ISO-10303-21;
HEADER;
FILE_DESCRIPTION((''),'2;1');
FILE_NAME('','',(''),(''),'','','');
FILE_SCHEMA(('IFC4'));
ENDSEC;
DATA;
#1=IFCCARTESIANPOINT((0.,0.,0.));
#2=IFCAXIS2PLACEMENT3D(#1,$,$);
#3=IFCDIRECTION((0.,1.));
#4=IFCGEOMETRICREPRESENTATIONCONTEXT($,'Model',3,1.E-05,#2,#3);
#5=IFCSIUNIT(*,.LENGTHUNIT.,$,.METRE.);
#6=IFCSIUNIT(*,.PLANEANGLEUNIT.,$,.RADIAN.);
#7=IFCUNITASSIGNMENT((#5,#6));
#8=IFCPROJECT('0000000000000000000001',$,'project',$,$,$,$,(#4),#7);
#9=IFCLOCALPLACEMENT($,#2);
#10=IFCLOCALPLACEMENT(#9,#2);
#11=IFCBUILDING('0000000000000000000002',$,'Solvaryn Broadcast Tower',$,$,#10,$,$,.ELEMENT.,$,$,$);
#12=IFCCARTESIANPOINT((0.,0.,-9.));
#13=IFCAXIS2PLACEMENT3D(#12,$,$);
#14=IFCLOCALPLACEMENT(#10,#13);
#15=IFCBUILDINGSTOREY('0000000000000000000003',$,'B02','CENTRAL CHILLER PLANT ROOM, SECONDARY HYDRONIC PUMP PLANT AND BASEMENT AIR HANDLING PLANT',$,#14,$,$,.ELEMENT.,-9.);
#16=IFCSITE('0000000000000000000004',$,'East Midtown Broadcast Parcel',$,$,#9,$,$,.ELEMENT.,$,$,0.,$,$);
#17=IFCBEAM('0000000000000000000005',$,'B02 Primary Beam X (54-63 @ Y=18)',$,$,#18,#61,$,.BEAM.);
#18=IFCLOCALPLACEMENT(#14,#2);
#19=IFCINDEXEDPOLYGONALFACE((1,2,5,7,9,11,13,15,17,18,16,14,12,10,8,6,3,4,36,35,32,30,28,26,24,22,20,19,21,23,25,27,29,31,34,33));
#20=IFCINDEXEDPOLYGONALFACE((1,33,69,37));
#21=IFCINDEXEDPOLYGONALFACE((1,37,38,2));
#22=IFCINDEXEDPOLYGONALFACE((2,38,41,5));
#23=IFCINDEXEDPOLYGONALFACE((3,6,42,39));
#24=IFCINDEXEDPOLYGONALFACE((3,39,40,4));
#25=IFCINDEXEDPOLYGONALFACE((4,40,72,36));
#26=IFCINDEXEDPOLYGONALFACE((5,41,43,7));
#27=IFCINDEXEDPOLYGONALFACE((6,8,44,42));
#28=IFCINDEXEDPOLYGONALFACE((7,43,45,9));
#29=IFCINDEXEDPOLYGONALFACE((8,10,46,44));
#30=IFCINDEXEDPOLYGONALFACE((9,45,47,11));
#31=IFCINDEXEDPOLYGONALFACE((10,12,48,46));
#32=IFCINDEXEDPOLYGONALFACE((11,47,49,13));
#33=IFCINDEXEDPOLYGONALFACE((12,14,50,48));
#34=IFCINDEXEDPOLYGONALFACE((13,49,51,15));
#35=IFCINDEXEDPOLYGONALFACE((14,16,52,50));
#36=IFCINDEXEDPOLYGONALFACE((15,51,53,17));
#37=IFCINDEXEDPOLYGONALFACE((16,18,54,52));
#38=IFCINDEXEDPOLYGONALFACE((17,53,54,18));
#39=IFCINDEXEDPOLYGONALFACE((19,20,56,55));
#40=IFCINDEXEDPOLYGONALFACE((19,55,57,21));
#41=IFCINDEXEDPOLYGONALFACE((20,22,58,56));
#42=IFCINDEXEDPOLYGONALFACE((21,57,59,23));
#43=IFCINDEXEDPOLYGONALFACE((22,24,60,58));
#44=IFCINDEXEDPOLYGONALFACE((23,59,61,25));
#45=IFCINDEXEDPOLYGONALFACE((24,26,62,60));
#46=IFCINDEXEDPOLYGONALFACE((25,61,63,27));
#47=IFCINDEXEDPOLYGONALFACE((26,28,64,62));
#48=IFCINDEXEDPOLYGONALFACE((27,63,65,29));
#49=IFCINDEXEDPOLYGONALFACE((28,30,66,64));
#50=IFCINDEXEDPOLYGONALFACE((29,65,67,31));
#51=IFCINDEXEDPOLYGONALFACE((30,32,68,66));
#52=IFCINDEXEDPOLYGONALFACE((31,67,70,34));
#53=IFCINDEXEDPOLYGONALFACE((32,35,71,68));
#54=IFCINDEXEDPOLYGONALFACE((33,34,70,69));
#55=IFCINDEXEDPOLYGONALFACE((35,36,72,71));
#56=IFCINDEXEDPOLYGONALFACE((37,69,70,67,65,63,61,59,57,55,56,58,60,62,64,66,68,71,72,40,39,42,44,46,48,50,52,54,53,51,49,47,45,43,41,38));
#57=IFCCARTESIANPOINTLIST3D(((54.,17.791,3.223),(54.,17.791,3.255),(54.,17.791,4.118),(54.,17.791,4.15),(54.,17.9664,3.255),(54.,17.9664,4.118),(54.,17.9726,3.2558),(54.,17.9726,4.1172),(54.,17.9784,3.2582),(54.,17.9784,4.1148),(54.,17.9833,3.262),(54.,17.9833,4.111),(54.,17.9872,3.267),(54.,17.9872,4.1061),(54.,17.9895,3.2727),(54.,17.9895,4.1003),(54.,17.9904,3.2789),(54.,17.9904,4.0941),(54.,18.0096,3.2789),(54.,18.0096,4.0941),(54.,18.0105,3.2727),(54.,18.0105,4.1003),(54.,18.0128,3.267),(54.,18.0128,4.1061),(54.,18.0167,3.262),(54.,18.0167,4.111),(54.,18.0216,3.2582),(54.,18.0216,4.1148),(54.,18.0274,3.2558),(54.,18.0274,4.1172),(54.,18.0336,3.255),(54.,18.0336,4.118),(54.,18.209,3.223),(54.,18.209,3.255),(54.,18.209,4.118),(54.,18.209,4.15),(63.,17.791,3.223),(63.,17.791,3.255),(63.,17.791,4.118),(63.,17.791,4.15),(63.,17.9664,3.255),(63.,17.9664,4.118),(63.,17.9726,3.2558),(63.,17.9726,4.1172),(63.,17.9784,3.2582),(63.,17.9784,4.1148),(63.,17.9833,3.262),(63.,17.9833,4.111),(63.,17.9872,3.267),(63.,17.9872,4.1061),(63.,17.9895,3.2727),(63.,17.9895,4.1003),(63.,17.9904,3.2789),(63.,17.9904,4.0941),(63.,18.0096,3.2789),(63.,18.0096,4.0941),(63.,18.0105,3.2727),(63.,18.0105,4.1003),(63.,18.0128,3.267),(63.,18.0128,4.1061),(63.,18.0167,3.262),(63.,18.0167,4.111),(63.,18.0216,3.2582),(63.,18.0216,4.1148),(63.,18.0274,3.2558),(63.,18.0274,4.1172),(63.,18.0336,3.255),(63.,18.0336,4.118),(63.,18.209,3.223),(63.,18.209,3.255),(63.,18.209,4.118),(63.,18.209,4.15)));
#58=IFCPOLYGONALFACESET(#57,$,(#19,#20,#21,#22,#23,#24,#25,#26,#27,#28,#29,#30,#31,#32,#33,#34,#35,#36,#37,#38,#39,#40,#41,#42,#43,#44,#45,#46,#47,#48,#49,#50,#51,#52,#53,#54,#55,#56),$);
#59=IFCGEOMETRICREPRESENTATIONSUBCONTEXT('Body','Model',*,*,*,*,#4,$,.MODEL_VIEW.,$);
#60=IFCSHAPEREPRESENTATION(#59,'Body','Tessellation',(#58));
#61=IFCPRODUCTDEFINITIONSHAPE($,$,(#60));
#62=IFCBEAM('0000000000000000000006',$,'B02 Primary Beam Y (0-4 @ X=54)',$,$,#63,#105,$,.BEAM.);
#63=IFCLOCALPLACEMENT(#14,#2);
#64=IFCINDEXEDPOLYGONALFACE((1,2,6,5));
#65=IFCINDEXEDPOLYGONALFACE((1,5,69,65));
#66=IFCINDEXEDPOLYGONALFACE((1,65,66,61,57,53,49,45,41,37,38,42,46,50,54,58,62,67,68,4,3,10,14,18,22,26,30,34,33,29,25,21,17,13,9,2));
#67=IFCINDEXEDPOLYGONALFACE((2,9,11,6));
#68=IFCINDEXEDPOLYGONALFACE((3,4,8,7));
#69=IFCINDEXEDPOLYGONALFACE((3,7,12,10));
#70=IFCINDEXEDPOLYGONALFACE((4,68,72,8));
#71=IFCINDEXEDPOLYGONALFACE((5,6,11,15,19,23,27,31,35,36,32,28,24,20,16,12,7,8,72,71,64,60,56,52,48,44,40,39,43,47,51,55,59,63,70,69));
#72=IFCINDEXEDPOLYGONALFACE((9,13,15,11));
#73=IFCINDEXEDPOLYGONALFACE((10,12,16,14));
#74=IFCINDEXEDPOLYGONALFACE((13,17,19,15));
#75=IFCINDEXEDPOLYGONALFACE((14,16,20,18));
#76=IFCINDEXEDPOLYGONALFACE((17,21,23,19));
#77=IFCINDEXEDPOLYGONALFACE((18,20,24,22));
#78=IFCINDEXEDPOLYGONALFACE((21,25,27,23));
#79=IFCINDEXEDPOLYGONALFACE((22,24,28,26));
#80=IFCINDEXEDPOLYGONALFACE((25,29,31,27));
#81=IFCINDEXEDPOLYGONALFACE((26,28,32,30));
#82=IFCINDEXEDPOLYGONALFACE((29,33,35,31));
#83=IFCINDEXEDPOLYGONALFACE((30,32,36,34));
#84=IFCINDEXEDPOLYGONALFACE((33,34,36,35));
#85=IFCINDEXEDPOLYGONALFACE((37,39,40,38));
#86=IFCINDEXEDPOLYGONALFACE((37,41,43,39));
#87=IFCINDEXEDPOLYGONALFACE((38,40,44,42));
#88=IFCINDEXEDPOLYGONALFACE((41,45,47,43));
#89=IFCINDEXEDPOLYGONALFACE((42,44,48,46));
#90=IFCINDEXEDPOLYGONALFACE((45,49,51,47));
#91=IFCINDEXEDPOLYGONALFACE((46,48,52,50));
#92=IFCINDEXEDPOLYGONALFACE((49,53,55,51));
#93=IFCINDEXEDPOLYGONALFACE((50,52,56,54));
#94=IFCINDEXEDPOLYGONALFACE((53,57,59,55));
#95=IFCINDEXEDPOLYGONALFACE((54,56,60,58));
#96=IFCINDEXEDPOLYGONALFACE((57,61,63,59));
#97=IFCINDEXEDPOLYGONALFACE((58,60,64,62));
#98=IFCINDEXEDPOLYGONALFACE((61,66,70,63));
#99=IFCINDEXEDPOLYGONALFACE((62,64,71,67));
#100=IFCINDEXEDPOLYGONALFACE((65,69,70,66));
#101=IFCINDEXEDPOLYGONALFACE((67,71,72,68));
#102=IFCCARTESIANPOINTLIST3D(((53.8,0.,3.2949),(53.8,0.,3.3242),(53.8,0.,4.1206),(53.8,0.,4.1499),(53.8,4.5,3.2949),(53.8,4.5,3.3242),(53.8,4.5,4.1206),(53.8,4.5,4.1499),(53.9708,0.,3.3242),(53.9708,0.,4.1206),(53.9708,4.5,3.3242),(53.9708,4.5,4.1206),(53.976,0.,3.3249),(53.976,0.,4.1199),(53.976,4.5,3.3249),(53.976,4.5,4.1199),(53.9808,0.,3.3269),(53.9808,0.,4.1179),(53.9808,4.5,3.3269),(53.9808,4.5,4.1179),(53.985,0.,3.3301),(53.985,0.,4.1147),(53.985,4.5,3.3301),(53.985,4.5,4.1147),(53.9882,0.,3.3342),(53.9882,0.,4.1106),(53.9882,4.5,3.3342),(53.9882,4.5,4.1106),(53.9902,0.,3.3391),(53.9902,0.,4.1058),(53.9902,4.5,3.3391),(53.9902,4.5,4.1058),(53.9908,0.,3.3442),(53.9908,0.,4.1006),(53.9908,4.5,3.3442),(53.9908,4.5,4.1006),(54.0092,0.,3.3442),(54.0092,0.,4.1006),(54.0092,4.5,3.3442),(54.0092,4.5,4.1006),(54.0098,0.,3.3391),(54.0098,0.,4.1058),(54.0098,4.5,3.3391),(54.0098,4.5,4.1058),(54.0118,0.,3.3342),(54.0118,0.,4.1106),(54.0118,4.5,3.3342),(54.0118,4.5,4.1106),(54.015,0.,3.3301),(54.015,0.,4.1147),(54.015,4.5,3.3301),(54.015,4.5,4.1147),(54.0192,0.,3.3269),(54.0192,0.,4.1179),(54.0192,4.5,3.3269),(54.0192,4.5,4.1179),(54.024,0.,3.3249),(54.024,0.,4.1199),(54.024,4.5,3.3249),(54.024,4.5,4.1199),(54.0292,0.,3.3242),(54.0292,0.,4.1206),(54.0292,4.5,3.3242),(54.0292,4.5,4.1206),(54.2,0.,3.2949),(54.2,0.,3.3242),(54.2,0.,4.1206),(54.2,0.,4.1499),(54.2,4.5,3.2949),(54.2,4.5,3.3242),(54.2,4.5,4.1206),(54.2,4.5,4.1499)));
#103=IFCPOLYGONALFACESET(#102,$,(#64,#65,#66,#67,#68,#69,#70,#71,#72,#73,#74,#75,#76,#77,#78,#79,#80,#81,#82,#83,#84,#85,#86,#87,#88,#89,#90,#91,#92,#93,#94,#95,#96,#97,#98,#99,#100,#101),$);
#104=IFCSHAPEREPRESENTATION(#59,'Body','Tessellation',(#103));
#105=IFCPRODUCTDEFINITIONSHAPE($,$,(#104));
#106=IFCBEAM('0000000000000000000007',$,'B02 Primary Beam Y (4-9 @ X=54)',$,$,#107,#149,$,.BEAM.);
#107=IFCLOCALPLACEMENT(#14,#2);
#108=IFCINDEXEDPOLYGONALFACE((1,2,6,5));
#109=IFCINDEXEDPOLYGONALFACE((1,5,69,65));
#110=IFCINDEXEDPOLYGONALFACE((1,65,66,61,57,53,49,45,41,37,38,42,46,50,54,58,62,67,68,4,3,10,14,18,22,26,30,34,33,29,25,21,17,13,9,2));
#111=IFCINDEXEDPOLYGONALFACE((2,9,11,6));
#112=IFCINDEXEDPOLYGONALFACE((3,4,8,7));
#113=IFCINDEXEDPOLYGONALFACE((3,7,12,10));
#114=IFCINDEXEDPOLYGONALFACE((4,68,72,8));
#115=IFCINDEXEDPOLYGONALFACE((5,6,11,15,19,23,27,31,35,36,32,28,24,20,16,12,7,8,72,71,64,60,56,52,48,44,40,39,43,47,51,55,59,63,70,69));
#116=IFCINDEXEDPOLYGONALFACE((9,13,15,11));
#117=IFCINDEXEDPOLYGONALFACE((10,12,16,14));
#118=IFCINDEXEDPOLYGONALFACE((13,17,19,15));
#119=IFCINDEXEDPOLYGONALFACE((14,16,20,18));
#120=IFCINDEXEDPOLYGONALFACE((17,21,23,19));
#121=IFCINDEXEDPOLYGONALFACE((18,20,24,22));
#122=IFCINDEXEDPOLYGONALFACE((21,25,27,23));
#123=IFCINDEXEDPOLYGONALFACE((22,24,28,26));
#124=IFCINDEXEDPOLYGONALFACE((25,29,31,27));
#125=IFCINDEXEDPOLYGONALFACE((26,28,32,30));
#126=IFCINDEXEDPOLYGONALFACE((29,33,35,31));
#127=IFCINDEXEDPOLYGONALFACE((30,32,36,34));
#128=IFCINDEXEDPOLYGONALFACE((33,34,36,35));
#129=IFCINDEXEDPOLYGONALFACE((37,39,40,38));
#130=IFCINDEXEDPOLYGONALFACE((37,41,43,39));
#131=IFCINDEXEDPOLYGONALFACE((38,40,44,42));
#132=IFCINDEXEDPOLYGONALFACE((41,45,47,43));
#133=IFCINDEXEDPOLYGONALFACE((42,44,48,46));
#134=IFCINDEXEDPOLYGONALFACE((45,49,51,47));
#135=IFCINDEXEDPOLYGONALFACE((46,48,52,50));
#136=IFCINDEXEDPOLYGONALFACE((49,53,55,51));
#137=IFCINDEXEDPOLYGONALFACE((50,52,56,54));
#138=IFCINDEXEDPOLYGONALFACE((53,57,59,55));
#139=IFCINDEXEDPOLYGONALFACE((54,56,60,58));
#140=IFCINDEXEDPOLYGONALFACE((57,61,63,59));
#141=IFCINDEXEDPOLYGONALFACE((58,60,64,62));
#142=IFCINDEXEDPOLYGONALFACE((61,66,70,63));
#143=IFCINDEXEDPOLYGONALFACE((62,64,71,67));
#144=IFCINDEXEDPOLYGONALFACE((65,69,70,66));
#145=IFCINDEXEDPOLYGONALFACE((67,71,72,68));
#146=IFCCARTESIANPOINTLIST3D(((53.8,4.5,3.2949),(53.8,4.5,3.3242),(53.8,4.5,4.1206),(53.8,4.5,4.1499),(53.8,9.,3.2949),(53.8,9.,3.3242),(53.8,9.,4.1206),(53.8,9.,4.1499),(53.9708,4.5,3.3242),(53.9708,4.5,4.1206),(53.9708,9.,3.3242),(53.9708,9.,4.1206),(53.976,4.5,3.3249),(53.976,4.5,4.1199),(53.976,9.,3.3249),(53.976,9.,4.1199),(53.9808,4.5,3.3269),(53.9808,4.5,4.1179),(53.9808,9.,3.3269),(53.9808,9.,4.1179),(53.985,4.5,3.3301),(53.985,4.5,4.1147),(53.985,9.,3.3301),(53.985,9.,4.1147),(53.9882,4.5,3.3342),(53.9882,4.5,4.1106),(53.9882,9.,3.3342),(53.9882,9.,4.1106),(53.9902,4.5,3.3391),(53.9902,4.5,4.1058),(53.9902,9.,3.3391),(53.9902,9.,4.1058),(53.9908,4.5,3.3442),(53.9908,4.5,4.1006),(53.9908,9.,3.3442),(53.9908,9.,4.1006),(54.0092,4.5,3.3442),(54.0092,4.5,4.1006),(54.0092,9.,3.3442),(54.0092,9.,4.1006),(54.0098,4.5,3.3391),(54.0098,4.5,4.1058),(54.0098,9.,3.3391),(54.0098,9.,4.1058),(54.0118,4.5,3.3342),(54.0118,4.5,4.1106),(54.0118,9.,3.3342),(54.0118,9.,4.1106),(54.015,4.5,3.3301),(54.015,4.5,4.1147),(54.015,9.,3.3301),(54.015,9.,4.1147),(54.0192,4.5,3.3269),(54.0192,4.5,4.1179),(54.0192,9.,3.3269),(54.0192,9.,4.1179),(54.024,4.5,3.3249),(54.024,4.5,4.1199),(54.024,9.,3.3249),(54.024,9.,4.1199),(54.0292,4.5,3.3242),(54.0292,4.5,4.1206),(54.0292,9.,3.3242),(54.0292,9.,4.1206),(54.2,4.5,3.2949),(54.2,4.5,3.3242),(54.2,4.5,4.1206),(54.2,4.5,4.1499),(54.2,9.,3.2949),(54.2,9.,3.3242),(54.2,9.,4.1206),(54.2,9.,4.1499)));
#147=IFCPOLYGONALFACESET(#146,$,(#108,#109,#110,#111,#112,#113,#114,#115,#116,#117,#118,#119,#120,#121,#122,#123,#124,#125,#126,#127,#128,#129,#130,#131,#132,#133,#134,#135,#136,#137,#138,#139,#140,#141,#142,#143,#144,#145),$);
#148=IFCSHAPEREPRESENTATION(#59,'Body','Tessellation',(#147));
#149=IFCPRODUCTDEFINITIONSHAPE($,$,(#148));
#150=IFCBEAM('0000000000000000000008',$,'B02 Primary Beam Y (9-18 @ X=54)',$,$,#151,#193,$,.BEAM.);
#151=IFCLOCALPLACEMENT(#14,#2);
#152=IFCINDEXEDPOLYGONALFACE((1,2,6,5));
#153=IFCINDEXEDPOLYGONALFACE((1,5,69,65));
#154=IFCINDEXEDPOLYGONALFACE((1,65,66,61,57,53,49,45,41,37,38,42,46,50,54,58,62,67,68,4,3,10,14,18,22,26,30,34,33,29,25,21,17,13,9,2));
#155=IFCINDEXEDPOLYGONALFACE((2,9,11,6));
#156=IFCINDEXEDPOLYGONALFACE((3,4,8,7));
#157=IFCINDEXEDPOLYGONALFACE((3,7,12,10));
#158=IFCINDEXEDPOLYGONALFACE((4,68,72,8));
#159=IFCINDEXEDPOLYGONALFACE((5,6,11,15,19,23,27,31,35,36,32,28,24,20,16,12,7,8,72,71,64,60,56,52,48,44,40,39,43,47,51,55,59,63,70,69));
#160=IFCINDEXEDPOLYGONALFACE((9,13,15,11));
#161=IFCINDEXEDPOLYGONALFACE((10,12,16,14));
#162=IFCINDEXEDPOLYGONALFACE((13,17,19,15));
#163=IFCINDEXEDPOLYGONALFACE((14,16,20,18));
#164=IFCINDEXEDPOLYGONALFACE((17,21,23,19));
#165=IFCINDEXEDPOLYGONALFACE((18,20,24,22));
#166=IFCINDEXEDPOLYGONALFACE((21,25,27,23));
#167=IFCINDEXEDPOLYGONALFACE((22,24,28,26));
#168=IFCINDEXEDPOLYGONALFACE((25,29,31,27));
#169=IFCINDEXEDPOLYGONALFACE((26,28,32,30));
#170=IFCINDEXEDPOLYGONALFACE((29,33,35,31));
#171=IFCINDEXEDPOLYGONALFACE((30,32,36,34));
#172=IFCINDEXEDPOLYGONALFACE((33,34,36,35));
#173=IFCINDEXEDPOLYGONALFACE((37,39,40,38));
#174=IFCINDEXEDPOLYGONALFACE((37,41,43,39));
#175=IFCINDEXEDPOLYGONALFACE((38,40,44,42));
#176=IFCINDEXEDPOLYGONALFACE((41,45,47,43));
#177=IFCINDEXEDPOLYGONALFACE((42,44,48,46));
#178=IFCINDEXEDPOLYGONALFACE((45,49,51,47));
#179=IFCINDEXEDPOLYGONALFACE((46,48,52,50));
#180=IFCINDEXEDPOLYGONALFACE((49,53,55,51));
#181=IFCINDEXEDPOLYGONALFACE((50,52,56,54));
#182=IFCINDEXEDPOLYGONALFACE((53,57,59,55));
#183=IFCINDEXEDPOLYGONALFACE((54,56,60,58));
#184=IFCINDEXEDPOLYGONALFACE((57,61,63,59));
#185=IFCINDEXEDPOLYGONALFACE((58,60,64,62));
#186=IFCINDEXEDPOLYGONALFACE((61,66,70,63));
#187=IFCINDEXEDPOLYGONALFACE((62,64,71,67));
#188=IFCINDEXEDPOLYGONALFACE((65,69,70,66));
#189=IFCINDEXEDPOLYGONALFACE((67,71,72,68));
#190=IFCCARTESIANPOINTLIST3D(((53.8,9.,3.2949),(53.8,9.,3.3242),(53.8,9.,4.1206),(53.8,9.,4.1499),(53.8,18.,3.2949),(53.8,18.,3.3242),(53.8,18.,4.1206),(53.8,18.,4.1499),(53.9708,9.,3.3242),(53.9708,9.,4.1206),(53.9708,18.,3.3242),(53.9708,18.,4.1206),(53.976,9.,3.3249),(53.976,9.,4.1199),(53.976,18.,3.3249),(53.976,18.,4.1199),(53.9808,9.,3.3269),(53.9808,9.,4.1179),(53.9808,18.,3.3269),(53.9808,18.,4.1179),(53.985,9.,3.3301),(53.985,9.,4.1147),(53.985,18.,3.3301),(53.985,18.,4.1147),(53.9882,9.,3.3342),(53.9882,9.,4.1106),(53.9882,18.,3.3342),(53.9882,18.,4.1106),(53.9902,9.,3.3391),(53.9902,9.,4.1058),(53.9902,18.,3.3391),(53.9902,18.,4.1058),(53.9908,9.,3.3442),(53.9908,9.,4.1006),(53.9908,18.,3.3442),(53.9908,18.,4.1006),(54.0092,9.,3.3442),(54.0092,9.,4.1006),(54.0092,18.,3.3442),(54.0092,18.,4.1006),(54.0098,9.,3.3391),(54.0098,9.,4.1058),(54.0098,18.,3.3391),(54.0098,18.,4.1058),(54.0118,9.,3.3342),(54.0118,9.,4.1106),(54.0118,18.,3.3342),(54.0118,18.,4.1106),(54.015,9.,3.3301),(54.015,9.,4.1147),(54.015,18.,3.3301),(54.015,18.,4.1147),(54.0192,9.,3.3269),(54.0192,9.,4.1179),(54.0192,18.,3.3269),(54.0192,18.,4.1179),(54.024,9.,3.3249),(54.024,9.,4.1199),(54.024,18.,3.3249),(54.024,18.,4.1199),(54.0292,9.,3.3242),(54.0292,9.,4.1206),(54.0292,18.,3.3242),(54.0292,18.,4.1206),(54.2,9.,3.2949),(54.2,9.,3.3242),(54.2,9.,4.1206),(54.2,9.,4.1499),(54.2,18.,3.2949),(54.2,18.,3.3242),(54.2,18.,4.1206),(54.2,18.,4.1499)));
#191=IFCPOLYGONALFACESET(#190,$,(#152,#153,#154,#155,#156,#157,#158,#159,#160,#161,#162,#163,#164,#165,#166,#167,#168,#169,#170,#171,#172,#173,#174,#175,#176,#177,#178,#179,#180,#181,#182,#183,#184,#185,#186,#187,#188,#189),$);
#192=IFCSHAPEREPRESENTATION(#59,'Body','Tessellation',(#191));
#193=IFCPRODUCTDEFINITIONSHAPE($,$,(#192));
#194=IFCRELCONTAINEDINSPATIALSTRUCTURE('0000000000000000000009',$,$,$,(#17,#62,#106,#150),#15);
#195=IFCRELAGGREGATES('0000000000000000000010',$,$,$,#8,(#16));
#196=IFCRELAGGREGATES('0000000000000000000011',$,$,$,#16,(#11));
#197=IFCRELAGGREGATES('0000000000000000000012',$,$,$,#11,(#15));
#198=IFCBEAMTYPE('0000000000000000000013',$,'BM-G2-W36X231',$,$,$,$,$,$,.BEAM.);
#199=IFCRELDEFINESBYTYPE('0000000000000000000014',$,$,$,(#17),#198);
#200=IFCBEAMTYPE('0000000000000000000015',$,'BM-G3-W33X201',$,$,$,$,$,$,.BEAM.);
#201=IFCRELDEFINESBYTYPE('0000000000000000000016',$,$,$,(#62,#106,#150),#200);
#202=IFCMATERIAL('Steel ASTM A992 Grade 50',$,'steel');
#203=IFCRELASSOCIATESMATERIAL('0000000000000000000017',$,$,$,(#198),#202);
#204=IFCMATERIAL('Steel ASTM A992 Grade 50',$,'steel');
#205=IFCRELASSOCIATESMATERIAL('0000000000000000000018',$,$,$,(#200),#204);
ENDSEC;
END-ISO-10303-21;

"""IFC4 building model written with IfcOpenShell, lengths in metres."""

from ifc_helpers import new_model, si_unit, direction, frame, origin, origin_2d, place, context, subcontext, project, spatial, i_section, extrude, material, material_profile, profile_set, type_object, element, save


model = new_model("IFC4")

# Units and contexts
model_context = context("Model", 3, precision=1e-05, world=origin(), true_north=direction((0.0, 1.0)))
body_context = subcontext(model_context, "Body", "Model", "MODEL_VIEW")
ifc_project = project(units=[si_unit("LENGTHUNIT", "METRE"), si_unit("PLANEANGLEUNIT", "RADIAN")], contexts=[model_context])

# Site, building, storey
site_placement = place(None, origin())
site = spatial("IfcSite", under=ifc_project, at=site_placement, Name="East Midtown Broadcast Parcel", CompositionType="ELEMENT", RefElevation=0.0)
building_placement = place(site_placement, origin())
building = spatial("IfcBuilding", under=site, at=building_placement, Name="Solvaryn Broadcast Tower", CompositionType="ELEMENT")
storey_placement = place(building_placement, frame((0.0, 0.0, -9.0)))
storey = spatial("IfcBuildingStorey", under=building, at=storey_placement, Name="B02", Description="CENTRAL CHILLER PLANT ROOM, SECONDARY HYDRONIC PUMP PLANT AND BASEMENT AIR HANDLING PLANT", CompositionType="ELEMENT", Elevation=-9.0)

# Beams
ifc_material_1 = material(Name="Steel ASTM A992 Grade 50", Category="steel")
ifc_material_profile_1 = material_profile(ifc_material_1, i_section(OverallWidth=0.418, OverallDepth=0.927, WebThickness=0.0193, FlangeThickness=0.032, FilletRadius=0.0239, at=origin_2d()))
ifc_profile_set_1 = profile_set([ifc_material_profile_1], Name="Steel ASTM A992 Grade 50")
beam_type_1 = type_object("IfcBeamType", Name="BM-G2-W36X231", PredefinedType="BEAM", material=ifc_profile_set_1)
for number, where, z_axis, x_axis, name in (
    (1, (54.0, 18.0, 3.6865), (1.0, 0.0, 0.0), (0.0, 1.0, 0.0), "B02 Primary Beam X (54-63 @ Y=18)"),
):
    element("IfcBeam", number, at=place(storey_placement, frame(where, z_axis=z_axis, x_axis=x_axis)), inside=storey, type_object=beam_type_1, Name=name, PredefinedType="BEAM", context=body_context, shape_type="SweptSolid", body=[
        extrude(i_section(OverallWidth=0.418, OverallDepth=0.927, WebThickness=0.0193, FlangeThickness=0.032, FilletRadius=0.0239, at=origin_2d()), origin(), (0.0, 0.0, 1.0), 9.0),
    ])
ifc_material_2 = material(Name="Steel ASTM A992 Grade 50", Category="steel")
ifc_material_profile_2 = material_profile(ifc_material_2, i_section(OverallWidth=0.3999, OverallDepth=0.855, WebThickness=0.0183, FlangeThickness=0.0293, FilletRadius=0.02, at=origin_2d()))
ifc_profile_set_2 = profile_set([ifc_material_profile_2], Name="Steel ASTM A992 Grade 50")
beam_type_2 = type_object("IfcBeamType", Name="BM-G3-W33X201", PredefinedType="BEAM", material=ifc_profile_set_2)
for number, where, z_axis, x_axis, name in (
    (2, (54.0, 0.0, 3.7224), (0.0, 1.0, 0.0), (-1.0, 0.0, 0.0), "B02 Primary Beam Y (0-4 @ X=54)"),
    (3, (54.0, 4.5, 3.7224), (0.0, 1.0, 0.0), (-1.0, 0.0, 0.0), "B02 Primary Beam Y (4-9 @ X=54)"),
):
    element("IfcBeam", number, at=place(storey_placement, frame(where, z_axis=z_axis, x_axis=x_axis)), inside=storey, type_object=beam_type_2, Name=name, PredefinedType="BEAM", context=body_context, shape_type="SweptSolid", body=[
        extrude(i_section(OverallWidth=0.3999, OverallDepth=0.855, WebThickness=0.0183, FlangeThickness=0.0293, FilletRadius=0.02, at=origin_2d()), origin(), (0.0, 0.0, 1.0), 4.5),
    ])
for number, where, z_axis, x_axis, name in (
    (4, (54.0, 9.0, 3.7224), (0.0, 1.0, 0.0), (-1.0, 0.0, 0.0), "B02 Primary Beam Y (9-18 @ X=54)"),
):
    element("IfcBeam", number, at=place(storey_placement, frame(where, z_axis=z_axis, x_axis=x_axis)), inside=storey, type_object=beam_type_2, Name=name, PredefinedType="BEAM", context=body_context, shape_type="SweptSolid", body=[
        extrude(i_section(OverallWidth=0.3999, OverallDepth=0.855, WebThickness=0.0183, FlangeThickness=0.0293, FilletRadius=0.02, at=origin_2d()), origin(), (0.0, 0.0, 1.0), 9.0),
    ])

save(model, "model.ifc")
